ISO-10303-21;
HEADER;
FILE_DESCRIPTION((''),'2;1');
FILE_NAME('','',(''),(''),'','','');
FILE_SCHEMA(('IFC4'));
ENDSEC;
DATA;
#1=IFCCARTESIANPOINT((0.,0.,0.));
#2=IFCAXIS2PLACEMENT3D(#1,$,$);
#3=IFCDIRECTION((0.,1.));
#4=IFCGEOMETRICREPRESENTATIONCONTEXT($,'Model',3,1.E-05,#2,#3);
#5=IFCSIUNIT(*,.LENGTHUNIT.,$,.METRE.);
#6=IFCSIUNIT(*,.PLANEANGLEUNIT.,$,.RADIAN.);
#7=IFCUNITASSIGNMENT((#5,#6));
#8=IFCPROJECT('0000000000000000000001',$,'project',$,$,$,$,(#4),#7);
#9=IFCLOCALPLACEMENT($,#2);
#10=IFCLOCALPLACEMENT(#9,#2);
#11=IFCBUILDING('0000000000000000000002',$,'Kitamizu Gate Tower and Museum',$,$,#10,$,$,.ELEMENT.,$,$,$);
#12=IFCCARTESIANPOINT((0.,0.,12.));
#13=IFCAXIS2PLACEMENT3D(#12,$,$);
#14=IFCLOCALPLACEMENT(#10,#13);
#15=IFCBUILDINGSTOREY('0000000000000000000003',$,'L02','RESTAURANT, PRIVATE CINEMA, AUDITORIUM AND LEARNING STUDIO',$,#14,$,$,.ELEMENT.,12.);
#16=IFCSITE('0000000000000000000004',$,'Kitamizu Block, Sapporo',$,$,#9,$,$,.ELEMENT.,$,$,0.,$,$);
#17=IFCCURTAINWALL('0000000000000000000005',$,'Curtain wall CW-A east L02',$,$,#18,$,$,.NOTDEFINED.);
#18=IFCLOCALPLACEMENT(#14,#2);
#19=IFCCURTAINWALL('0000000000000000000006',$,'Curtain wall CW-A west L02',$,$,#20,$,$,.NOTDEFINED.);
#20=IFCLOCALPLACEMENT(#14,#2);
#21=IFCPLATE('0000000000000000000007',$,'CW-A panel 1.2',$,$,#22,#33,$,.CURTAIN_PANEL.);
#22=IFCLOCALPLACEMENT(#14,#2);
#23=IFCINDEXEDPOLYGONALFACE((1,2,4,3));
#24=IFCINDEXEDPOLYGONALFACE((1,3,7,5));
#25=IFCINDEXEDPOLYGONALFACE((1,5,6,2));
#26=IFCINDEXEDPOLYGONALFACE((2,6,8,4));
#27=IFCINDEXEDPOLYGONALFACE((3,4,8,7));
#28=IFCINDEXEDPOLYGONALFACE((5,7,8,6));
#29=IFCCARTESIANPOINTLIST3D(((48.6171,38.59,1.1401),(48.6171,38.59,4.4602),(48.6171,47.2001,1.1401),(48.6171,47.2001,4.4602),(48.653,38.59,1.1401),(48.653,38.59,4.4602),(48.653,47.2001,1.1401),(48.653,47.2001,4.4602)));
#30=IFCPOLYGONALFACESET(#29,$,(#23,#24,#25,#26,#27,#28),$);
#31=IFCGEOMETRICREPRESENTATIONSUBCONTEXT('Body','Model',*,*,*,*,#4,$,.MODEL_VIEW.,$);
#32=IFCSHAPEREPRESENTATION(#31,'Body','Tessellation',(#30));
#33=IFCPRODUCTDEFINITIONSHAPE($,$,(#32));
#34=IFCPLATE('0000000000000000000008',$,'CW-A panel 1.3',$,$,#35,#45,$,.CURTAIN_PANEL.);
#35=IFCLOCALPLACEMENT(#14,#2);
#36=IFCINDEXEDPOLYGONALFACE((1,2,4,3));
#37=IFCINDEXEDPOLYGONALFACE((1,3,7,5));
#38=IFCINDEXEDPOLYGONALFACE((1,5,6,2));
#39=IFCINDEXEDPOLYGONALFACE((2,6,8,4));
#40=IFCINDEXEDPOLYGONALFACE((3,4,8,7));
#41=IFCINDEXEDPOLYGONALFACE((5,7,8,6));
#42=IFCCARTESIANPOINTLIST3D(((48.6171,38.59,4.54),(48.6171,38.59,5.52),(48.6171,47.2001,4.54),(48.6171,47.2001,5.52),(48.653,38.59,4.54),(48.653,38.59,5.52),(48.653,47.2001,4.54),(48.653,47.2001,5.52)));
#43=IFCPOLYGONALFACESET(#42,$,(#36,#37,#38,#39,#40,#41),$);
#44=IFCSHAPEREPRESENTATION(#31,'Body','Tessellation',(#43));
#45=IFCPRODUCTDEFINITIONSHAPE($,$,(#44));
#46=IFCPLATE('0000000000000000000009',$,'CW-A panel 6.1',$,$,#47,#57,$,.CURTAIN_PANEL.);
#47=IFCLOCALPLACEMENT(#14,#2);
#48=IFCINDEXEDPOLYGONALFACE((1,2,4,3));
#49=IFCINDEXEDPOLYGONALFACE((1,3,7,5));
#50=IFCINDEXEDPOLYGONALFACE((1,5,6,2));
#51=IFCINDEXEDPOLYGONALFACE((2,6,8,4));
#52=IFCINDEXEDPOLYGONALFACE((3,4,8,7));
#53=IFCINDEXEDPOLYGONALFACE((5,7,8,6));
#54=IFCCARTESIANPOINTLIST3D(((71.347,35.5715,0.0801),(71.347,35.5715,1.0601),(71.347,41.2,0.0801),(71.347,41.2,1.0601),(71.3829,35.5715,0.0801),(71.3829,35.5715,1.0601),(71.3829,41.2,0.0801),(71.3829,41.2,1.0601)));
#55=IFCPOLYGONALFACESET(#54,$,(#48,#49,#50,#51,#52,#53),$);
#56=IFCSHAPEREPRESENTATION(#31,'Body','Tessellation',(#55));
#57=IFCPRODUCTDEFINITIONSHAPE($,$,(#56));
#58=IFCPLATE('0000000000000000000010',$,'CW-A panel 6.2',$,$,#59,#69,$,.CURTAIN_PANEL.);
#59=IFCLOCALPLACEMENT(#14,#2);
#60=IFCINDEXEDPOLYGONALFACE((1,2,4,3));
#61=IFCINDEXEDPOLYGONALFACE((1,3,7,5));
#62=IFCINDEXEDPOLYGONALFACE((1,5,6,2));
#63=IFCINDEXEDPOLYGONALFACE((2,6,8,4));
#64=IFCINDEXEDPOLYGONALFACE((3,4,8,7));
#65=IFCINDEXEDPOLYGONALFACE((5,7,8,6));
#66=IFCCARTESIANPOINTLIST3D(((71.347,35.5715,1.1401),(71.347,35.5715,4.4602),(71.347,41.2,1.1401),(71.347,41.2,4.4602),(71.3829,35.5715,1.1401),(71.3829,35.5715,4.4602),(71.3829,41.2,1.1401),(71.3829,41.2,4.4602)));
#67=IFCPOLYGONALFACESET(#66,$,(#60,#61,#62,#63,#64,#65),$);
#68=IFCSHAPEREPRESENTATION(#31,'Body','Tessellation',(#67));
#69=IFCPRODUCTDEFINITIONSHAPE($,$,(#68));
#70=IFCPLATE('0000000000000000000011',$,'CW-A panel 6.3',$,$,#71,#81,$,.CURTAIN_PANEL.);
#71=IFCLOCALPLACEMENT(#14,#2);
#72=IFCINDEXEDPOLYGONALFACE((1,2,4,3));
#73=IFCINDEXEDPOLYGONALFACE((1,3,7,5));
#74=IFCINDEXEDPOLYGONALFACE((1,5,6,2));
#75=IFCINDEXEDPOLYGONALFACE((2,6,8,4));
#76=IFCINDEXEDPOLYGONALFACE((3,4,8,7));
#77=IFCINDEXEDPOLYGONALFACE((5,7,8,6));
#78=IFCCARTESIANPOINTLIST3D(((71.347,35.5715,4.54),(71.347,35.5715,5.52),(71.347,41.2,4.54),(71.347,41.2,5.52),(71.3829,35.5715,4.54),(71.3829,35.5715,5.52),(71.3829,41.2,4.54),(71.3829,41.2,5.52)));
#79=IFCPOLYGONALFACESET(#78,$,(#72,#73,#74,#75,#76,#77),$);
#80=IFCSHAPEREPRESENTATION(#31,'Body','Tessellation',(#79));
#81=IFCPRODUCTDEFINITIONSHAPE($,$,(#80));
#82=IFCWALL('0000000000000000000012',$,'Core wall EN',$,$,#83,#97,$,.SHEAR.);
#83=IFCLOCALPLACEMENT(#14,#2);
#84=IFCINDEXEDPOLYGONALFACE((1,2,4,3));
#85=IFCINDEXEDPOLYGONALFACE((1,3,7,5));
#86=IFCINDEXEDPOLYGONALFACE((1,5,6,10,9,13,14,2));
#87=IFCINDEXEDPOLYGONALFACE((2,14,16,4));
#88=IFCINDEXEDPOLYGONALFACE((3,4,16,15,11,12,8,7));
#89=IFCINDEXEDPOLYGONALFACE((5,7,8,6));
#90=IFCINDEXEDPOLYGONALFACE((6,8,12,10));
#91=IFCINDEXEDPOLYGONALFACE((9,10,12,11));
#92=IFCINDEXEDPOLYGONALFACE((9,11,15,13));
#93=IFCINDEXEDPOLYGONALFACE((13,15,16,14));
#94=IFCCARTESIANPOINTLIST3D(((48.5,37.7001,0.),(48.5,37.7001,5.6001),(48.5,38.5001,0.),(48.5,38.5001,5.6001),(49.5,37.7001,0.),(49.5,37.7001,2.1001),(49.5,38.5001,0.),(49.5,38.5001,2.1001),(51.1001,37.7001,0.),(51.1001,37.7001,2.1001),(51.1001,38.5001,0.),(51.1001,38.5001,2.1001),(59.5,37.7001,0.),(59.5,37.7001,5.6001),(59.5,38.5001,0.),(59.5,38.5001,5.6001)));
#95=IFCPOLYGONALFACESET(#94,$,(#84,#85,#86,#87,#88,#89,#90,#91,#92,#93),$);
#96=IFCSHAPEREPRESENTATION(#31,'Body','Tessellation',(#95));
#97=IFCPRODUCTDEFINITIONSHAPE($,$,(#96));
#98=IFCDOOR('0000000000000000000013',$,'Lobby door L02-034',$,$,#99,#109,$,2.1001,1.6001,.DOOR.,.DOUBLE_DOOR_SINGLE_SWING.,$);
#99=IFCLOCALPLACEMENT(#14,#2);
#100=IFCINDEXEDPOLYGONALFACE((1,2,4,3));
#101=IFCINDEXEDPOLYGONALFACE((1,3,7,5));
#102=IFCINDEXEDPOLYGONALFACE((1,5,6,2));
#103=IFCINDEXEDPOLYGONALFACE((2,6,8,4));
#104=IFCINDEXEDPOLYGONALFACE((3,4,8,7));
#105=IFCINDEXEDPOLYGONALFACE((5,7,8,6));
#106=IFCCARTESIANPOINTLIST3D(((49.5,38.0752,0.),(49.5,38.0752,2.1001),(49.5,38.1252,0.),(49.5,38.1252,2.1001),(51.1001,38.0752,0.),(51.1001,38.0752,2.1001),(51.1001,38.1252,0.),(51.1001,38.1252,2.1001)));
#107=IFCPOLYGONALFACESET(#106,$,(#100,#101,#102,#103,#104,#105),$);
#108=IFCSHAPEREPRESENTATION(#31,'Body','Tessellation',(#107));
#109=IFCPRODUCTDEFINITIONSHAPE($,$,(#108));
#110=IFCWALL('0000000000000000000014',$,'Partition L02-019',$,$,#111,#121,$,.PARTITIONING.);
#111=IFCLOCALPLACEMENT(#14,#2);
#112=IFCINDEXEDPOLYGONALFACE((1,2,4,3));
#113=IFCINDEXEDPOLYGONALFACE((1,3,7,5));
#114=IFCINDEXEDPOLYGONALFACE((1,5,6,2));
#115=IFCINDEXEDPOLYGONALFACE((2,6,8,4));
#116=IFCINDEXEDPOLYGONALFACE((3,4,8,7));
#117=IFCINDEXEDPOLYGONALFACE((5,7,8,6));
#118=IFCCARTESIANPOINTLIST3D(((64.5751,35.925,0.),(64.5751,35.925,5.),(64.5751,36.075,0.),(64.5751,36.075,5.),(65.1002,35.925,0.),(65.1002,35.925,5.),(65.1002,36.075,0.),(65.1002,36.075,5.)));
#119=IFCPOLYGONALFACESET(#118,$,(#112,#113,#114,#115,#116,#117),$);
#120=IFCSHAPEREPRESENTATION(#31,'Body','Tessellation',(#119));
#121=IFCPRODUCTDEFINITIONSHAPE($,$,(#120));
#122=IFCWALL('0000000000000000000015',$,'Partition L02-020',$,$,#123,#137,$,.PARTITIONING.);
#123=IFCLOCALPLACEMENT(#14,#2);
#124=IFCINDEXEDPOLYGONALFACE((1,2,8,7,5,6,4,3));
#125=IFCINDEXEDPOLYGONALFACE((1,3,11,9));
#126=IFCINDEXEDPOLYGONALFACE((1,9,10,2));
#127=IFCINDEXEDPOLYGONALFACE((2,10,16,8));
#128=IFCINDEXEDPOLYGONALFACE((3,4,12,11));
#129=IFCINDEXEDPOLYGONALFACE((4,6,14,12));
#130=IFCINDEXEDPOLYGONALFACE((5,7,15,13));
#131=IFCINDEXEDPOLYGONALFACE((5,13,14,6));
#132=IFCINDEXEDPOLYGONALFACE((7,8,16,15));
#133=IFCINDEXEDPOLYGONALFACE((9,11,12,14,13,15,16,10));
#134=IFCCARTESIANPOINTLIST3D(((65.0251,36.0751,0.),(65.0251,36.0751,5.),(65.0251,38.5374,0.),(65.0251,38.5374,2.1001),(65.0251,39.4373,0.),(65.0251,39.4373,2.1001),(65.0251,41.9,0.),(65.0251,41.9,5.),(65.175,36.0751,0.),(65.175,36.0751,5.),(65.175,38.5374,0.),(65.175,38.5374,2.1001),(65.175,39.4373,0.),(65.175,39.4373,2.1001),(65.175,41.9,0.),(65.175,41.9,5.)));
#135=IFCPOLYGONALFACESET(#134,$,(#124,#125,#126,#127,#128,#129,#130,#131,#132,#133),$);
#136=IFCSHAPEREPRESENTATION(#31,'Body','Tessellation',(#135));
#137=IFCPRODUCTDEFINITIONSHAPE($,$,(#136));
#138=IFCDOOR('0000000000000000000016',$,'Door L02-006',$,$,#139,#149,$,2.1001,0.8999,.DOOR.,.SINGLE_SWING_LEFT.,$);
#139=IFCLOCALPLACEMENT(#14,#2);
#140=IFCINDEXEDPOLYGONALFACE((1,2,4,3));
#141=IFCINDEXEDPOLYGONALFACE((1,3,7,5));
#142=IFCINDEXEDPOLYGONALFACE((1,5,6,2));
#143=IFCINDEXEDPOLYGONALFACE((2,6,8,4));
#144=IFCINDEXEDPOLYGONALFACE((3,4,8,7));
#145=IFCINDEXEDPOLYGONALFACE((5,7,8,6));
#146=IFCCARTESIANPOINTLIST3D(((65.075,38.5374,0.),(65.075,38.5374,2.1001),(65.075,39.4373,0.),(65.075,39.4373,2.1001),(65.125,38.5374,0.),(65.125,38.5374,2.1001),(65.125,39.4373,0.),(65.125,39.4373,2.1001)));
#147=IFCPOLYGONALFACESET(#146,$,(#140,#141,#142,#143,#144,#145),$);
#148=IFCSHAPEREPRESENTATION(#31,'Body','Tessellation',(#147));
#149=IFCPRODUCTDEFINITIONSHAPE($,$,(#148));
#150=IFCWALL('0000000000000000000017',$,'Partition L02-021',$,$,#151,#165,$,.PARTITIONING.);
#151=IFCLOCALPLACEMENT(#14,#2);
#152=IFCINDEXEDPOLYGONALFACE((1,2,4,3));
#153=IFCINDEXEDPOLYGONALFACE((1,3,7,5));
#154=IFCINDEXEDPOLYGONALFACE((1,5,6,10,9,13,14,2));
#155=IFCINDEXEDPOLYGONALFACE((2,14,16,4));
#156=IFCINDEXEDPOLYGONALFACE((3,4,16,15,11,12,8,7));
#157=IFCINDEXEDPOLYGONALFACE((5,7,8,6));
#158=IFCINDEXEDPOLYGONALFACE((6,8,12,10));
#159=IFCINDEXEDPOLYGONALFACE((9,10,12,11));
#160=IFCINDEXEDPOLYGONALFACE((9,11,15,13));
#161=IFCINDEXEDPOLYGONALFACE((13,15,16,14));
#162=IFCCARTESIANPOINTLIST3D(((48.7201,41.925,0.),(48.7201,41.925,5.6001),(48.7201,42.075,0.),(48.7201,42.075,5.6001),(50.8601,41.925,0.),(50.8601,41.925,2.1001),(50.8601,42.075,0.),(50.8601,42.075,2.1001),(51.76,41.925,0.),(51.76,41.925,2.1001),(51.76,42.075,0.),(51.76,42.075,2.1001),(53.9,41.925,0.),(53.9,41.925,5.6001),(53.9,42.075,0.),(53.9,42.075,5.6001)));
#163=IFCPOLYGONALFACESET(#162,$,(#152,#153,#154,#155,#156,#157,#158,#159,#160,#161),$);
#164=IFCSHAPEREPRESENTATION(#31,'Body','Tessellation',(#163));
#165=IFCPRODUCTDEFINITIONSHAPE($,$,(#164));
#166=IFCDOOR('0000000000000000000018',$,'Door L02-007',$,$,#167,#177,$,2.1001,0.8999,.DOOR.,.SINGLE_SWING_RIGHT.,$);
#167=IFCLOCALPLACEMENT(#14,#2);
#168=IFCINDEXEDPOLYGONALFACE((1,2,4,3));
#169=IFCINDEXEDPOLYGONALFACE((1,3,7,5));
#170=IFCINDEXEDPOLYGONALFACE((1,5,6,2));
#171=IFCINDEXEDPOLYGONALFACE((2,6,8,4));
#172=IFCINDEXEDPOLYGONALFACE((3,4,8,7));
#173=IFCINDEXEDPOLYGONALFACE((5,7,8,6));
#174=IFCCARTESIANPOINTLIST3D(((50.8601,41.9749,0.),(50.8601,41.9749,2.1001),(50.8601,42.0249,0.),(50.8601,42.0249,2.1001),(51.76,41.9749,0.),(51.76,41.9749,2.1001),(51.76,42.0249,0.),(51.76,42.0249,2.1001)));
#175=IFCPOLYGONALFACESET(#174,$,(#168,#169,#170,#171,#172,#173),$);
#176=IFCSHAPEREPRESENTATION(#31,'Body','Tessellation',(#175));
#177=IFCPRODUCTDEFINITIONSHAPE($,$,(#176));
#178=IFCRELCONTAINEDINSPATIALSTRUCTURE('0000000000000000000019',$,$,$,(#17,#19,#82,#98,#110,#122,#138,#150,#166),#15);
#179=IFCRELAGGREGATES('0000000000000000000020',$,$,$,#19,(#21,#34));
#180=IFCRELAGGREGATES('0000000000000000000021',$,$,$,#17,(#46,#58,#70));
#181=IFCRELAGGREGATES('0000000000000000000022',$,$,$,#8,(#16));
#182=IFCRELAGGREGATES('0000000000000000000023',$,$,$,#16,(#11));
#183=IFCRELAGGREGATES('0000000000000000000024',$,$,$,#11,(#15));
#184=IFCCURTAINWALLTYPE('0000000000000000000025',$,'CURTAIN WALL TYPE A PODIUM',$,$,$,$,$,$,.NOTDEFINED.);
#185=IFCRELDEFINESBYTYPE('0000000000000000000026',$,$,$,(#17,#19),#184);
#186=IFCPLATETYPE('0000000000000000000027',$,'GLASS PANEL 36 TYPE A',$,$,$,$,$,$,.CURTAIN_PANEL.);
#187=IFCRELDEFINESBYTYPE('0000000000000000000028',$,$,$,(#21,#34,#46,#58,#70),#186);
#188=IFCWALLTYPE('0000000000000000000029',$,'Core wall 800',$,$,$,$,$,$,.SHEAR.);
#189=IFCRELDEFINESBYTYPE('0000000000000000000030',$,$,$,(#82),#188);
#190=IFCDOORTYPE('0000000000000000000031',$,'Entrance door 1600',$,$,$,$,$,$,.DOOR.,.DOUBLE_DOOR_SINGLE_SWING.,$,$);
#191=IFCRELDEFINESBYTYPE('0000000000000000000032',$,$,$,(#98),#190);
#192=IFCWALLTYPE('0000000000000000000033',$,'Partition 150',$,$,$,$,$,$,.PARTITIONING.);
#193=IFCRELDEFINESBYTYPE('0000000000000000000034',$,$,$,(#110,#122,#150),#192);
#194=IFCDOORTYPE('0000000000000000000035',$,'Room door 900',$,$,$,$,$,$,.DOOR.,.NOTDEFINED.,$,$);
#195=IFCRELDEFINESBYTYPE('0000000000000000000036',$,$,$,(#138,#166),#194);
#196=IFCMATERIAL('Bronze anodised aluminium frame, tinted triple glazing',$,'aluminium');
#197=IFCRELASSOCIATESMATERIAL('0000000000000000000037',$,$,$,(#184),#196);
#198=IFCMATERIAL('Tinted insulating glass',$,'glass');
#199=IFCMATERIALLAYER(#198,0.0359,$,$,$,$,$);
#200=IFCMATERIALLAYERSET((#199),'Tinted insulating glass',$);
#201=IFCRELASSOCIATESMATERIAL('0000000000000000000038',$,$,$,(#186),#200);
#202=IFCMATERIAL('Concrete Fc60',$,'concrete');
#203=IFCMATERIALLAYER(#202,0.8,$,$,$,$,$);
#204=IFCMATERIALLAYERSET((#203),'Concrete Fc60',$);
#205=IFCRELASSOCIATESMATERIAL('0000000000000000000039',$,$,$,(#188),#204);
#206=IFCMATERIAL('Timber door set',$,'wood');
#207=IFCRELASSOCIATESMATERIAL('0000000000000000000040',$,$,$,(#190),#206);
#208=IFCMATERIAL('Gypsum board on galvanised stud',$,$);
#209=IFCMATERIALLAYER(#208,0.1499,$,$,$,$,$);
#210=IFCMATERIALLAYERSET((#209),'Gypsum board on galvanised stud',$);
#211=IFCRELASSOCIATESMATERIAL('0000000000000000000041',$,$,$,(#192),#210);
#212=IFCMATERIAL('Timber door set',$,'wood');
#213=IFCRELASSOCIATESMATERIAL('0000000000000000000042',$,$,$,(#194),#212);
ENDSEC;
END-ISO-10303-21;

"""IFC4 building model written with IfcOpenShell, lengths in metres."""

from ifc_helpers import new_model, si_unit, direction, frame, frame_2d, origin, origin_2d, place, context, subcontext, project, spatial, rectangle, extrude, material, layer, layer_set, type_object, element, fill, aggregate, save


model = new_model("IFC4")

# Units and contexts
model_context = context("Model", 3, precision=1e-05, world=origin(), true_north=direction((0.0, 1.0)))
body_context = subcontext(model_context, "Body", "Model", "MODEL_VIEW")
ifc_project = project(units=[si_unit("LENGTHUNIT", "METRE"), si_unit("PLANEANGLEUNIT", "RADIAN")], contexts=[model_context])

# Site, building, storey
site_placement = place(None, origin())
site = spatial("IfcSite", under=ifc_project, at=site_placement, Name="Kitamizu Block, Sapporo", CompositionType="ELEMENT", RefElevation=0.0)
building_placement = place(site_placement, origin())
building = spatial("IfcBuilding", under=site, at=building_placement, Name="Kitamizu Gate Tower and Museum", CompositionType="ELEMENT")
storey_placement = place(building_placement, frame((0.0, 0.0, 12.0)))
storey = spatial("IfcBuildingStorey", under=building, at=storey_placement, Name="L02", Description="RESTAURANT, PRIVATE CINEMA, AUDITORIUM AND LEARNING STUDIO", CompositionType="ELEMENT", Elevation=12.0)

# Curtain wall
ifc_material_1 = material(Name="Bronze anodised aluminium frame, tinted triple glazing", Category="aluminium")
curtain_wall_type = type_object("IfcCurtainWallType", Name="CURTAIN WALL TYPE A PODIUM", PredefinedType="NOTDEFINED", material=ifc_material_1)
curtain_wall_1_placement = place(storey_placement, origin())
curtain_wall_1 = element("IfcCurtainWall", 1, at=curtain_wall_1_placement, inside=storey, type_object=curtain_wall_type, Name="Curtain wall CW-A east L02", PredefinedType="NOTDEFINED")

# Curtain wall
curtain_wall_2_placement = place(storey_placement, origin())
curtain_wall_2 = element("IfcCurtainWall", 2, at=curtain_wall_2_placement, inside=storey, type_object=curtain_wall_type, Name="Curtain wall CW-A west L02", PredefinedType="NOTDEFINED")

# Plates
ifc_material_2 = material(Name="Tinted insulating glass", Category="glass")
ifc_layer_1 = layer(ifc_material_2, 0.0359)
ifc_layer_set_1 = layer_set([ifc_layer_1], Name="Tinted insulating glass")
plate_type = type_object("IfcPlateType", Name="GLASS PANEL 36 TYPE A", PredefinedType="CURTAIN_PANEL", material=ifc_layer_set_1)
plate_1_placement = place(storey_placement, frame((48.635, 42.895, 1.1401), z_axis=(0.0, 0.0, 1.0), x_axis=(0.0, 1.0, 0.0)))
plate_1 = element("IfcPlate", 3, at=plate_1_placement, type_object=plate_type, Name="CW-A panel 1.2", PredefinedType="CURTAIN_PANEL", context=body_context, shape_type="SweptSolid", body=[
    extrude(rectangle(XDim=8.6101, YDim=0.0359, at=origin_2d()), origin(), (0.0, 0.0, 1.0), 3.3201),
])
plate_2_placement = place(storey_placement, frame((48.635, 42.895, 4.54), z_axis=(0.0, 0.0, 1.0), x_axis=(0.0, 1.0, 0.0)))
plate_2 = element("IfcPlate", 4, at=plate_2_placement, type_object=plate_type, Name="CW-A panel 1.3", PredefinedType="CURTAIN_PANEL", context=body_context, shape_type="SweptSolid", body=[
    extrude(rectangle(XDim=8.6101, YDim=0.0359, at=origin_2d()), origin(), (0.0, 0.0, 1.0), 0.98),
])
aggregate(curtain_wall_2, [plate_1, plate_2])
plate_3_placement = place(storey_placement, frame((71.365, 38.3857, 0.0801), z_axis=(0.0, 0.0, 1.0), x_axis=(0.0, 1.0, 0.0)))
plate_3 = element("IfcPlate", 5, at=plate_3_placement, type_object=plate_type, Name="CW-A panel 6.1", PredefinedType="CURTAIN_PANEL", context=body_context, shape_type="SweptSolid", body=[
    extrude(rectangle(XDim=5.6284, YDim=0.0359, at=origin_2d()), origin(), (0.0, 0.0, 1.0), 0.98),
])
plate_4_placement = place(storey_placement, frame((71.365, 38.3857, 1.1401), z_axis=(0.0, 0.0, 1.0), x_axis=(0.0, 1.0, 0.0)))
plate_4 = element("IfcPlate", 6, at=plate_4_placement, type_object=plate_type, Name="CW-A panel 6.2", PredefinedType="CURTAIN_PANEL", context=body_context, shape_type="SweptSolid", body=[
    extrude(rectangle(XDim=5.6284, YDim=0.0359, at=origin_2d()), origin(), (0.0, 0.0, 1.0), 3.3201),
])
plate_5_placement = place(storey_placement, frame((71.365, 38.3857, 4.54), z_axis=(0.0, 0.0, 1.0), x_axis=(0.0, 1.0, 0.0)))
plate_5 = element("IfcPlate", 7, at=plate_5_placement, type_object=plate_type, Name="CW-A panel 6.3", PredefinedType="CURTAIN_PANEL", context=body_context, shape_type="SweptSolid", body=[
    extrude(rectangle(XDim=5.6284, YDim=0.0359, at=origin_2d()), origin(), (0.0, 0.0, 1.0), 0.98),
])
aggregate(curtain_wall_1, [plate_3, plate_4, plate_5])

# Wall, opening, door
ifc_material_3 = material(Name="Concrete Fc60", Category="concrete")
ifc_layer_2 = layer(ifc_material_3, 0.8)
ifc_layer_set_2 = layer_set([ifc_layer_2], Name="Concrete Fc60")
wall_type_1 = type_object("IfcWallType", Name="Core wall 800", PredefinedType="SHEAR", material=ifc_layer_set_2)
wall_1_placement = place(storey_placement, frame((59.5, 38.1001, 0.0), z_axis=(0.0, 0.0, 1.0), x_axis=(-1.0, 0.0, 0.0)))
wall_1 = element("IfcWall", 8, at=wall_1_placement, inside=storey, type_object=wall_type_1, Name="Core wall EN", PredefinedType="SHEAR", context=body_context, shape_type="SweptSolid", body=[
    extrude(rectangle(XDim=11.0, YDim=0.8, at=frame_2d((5.5, 0.0))), origin(), (0.0, 0.0, 1.0), 5.6001),
])
opening_1_placement = place(wall_1_placement, frame((8.3999, 0.0, 0.0)))
opening_1 = element("IfcOpeningElement", 9, at=opening_1_placement, cuts=wall_1, PredefinedType="OPENING", context=body_context, shape_type="SweptSolid", body=[
    extrude(rectangle(XDim=1.6001, YDim=2.1001, at=frame_2d((0.8, 1.05))), frame((0.0, 0.4102, 0.0), z_axis=(0.0, -1.0, 0.0), x_axis=(1.0, 0.0, 0.0)), (0.0, 0.0, 1.0), 0.8201),
])
ifc_material_4 = material(Name="Timber door set", Category="wood")
door_type_1 = type_object("IfcDoorType", Name="Entrance door 1600", OperationType="DOUBLE_DOOR_SINGLE_SWING", PredefinedType="DOOR", material=ifc_material_4)
door_1_placement = place(opening_1_placement, origin())
door_1 = element("IfcDoor", 10, at=door_1_placement, inside=storey, type_object=door_type_1, Name="Lobby door L02-034", OperationType="DOUBLE_DOOR_SINGLE_SWING", OverallHeight=2.1001, OverallWidth=1.6001, PredefinedType="DOOR", context=body_context, shape_type="SweptSolid", body=[
    extrude(rectangle(XDim=1.6001, YDim=2.1001, at=frame_2d((0.8, 1.05))), frame((0.0, 0.0249, 0.0), z_axis=(0.0, -1.0, 0.0), x_axis=(1.0, 0.0, 0.0)), (0.0, 0.0, 1.0), 0.05),
])
fill(opening_1, door_1)

# Wall
ifc_material_5 = material(Name="Gypsum board on galvanised stud")
ifc_layer_3 = layer(ifc_material_5, 0.1499)
ifc_layer_set_3 = layer_set([ifc_layer_3], Name="Gypsum board on galvanised stud")
wall_type_2 = type_object("IfcWallType", Name="Partition 150", PredefinedType="PARTITIONING", material=ifc_layer_set_3)
wall_2_placement = place(storey_placement, frame((64.575, 36.0, 0.0), z_axis=(0.0, 0.0, 1.0), x_axis=(1.0, 0.0, 0.0)))
element("IfcWall", 11, at=wall_2_placement, inside=storey, type_object=wall_type_2, Name="Partition L02-019", PredefinedType="PARTITIONING", context=body_context, shape_type="SweptSolid", body=[
    extrude(rectangle(XDim=0.5251, YDim=0.1499, at=frame_2d((0.2627, 0.0))), origin(), (0.0, 0.0, 1.0), 5.0),
])

# Walls, openings, doors
wall_3_placement = place(storey_placement, frame((65.1001, 36.075, 0.0), z_axis=(0.0, 0.0, 1.0), x_axis=(0.0, 1.0, 0.0)))
wall_3 = element("IfcWall", 12, at=wall_3_placement, inside=storey, type_object=wall_type_2, Name="Partition L02-020", PredefinedType="PARTITIONING", context=body_context, shape_type="SweptSolid", body=[
    extrude(rectangle(XDim=5.825, YDim=0.1499, at=frame_2d((2.9126, 0.0))), origin(), (0.0, 0.0, 1.0), 5.0),
])
opening_2_placement = place(wall_3_placement, frame((2.4624, 0.0, 0.0)))
opening_2 = element("IfcOpeningElement", 13, at=opening_2_placement, cuts=wall_3, PredefinedType="OPENING", context=body_context, shape_type="SweptSolid", body=[
    extrude(rectangle(XDim=0.8999, YDim=2.1001, at=frame_2d((0.45, 1.05))), frame((0.0, 0.085, 0.0), z_axis=(0.0, -1.0, 0.0), x_axis=(1.0, 0.0, 0.0)), (0.0, 0.0, 1.0), 0.1699),
])
ifc_material_6 = material(Name="Timber door set", Category="wood")
door_type_2 = type_object("IfcDoorType", Name="Room door 900", OperationType="NOTDEFINED", PredefinedType="DOOR", material=ifc_material_6)
door_2_placement = place(opening_2_placement, frame((0.8999, 0.0, 0.0), x_axis=(-1.0, 0.0, 0.0)))
door_2 = element("IfcDoor", 14, at=door_2_placement, inside=storey, type_object=door_type_2, Name="Door L02-006", OperationType="SINGLE_SWING_LEFT", OverallHeight=2.1001, OverallWidth=0.8999, PredefinedType="DOOR", context=body_context, shape_type="SweptSolid", body=[
    extrude(rectangle(XDim=0.8999, YDim=2.1001, at=frame_2d((0.45, 1.05))), frame((0.0, 0.0249, 0.0), z_axis=(0.0, -1.0, 0.0), x_axis=(1.0, 0.0, 0.0)), (0.0, 0.0, 1.0), 0.05),
])
fill(opening_2, door_2)
wall_4_placement = place(storey_placement, frame((53.8999, 42.0, 0.0), z_axis=(0.0, 0.0, 1.0), x_axis=(-1.0, 0.0, 0.0)))
wall_4 = element("IfcWall", 15, at=wall_4_placement, inside=storey, type_object=wall_type_2, Name="Partition L02-021", PredefinedType="PARTITIONING", context=body_context, shape_type="SweptSolid", body=[
    extrude(rectangle(XDim=5.1799, YDim=0.1499, at=frame_2d((2.5898, 0.0))), origin(), (0.0, 0.0, 1.0), 5.6001),
])
opening_3_placement = place(wall_4_placement, frame((2.1399, 0.0, 0.0)))
opening_3 = element("IfcOpeningElement", 16, at=opening_3_placement, cuts=wall_4, PredefinedType="OPENING", context=body_context, shape_type="SweptSolid", body=[
    extrude(rectangle(XDim=0.8999, YDim=2.1001, at=frame_2d((0.45, 1.05))), frame((0.0, 0.085, 0.0), z_axis=(0.0, -1.0, 0.0), x_axis=(1.0, 0.0, 0.0)), (0.0, 0.0, 1.0), 0.1699),
])
door_3_placement = place(opening_3_placement, frame((0.8999, 0.0, 0.0), x_axis=(-1.0, 0.0, 0.0)))
door_3 = element("IfcDoor", 17, at=door_3_placement, inside=storey, type_object=door_type_2, Name="Door L02-007", OperationType="SINGLE_SWING_RIGHT", OverallHeight=2.1001, OverallWidth=0.8999, PredefinedType="DOOR", context=body_context, shape_type="SweptSolid", body=[
    extrude(rectangle(XDim=0.8999, YDim=2.1001, at=frame_2d((0.45, 1.05))), frame((0.0, 0.0249, 0.0), z_axis=(0.0, -1.0, 0.0), x_axis=(1.0, 0.0, 0.0)), (0.0, 0.0, 1.0), 0.05),
])
fill(opening_3, door_3)

save(model, "model.ifc")
